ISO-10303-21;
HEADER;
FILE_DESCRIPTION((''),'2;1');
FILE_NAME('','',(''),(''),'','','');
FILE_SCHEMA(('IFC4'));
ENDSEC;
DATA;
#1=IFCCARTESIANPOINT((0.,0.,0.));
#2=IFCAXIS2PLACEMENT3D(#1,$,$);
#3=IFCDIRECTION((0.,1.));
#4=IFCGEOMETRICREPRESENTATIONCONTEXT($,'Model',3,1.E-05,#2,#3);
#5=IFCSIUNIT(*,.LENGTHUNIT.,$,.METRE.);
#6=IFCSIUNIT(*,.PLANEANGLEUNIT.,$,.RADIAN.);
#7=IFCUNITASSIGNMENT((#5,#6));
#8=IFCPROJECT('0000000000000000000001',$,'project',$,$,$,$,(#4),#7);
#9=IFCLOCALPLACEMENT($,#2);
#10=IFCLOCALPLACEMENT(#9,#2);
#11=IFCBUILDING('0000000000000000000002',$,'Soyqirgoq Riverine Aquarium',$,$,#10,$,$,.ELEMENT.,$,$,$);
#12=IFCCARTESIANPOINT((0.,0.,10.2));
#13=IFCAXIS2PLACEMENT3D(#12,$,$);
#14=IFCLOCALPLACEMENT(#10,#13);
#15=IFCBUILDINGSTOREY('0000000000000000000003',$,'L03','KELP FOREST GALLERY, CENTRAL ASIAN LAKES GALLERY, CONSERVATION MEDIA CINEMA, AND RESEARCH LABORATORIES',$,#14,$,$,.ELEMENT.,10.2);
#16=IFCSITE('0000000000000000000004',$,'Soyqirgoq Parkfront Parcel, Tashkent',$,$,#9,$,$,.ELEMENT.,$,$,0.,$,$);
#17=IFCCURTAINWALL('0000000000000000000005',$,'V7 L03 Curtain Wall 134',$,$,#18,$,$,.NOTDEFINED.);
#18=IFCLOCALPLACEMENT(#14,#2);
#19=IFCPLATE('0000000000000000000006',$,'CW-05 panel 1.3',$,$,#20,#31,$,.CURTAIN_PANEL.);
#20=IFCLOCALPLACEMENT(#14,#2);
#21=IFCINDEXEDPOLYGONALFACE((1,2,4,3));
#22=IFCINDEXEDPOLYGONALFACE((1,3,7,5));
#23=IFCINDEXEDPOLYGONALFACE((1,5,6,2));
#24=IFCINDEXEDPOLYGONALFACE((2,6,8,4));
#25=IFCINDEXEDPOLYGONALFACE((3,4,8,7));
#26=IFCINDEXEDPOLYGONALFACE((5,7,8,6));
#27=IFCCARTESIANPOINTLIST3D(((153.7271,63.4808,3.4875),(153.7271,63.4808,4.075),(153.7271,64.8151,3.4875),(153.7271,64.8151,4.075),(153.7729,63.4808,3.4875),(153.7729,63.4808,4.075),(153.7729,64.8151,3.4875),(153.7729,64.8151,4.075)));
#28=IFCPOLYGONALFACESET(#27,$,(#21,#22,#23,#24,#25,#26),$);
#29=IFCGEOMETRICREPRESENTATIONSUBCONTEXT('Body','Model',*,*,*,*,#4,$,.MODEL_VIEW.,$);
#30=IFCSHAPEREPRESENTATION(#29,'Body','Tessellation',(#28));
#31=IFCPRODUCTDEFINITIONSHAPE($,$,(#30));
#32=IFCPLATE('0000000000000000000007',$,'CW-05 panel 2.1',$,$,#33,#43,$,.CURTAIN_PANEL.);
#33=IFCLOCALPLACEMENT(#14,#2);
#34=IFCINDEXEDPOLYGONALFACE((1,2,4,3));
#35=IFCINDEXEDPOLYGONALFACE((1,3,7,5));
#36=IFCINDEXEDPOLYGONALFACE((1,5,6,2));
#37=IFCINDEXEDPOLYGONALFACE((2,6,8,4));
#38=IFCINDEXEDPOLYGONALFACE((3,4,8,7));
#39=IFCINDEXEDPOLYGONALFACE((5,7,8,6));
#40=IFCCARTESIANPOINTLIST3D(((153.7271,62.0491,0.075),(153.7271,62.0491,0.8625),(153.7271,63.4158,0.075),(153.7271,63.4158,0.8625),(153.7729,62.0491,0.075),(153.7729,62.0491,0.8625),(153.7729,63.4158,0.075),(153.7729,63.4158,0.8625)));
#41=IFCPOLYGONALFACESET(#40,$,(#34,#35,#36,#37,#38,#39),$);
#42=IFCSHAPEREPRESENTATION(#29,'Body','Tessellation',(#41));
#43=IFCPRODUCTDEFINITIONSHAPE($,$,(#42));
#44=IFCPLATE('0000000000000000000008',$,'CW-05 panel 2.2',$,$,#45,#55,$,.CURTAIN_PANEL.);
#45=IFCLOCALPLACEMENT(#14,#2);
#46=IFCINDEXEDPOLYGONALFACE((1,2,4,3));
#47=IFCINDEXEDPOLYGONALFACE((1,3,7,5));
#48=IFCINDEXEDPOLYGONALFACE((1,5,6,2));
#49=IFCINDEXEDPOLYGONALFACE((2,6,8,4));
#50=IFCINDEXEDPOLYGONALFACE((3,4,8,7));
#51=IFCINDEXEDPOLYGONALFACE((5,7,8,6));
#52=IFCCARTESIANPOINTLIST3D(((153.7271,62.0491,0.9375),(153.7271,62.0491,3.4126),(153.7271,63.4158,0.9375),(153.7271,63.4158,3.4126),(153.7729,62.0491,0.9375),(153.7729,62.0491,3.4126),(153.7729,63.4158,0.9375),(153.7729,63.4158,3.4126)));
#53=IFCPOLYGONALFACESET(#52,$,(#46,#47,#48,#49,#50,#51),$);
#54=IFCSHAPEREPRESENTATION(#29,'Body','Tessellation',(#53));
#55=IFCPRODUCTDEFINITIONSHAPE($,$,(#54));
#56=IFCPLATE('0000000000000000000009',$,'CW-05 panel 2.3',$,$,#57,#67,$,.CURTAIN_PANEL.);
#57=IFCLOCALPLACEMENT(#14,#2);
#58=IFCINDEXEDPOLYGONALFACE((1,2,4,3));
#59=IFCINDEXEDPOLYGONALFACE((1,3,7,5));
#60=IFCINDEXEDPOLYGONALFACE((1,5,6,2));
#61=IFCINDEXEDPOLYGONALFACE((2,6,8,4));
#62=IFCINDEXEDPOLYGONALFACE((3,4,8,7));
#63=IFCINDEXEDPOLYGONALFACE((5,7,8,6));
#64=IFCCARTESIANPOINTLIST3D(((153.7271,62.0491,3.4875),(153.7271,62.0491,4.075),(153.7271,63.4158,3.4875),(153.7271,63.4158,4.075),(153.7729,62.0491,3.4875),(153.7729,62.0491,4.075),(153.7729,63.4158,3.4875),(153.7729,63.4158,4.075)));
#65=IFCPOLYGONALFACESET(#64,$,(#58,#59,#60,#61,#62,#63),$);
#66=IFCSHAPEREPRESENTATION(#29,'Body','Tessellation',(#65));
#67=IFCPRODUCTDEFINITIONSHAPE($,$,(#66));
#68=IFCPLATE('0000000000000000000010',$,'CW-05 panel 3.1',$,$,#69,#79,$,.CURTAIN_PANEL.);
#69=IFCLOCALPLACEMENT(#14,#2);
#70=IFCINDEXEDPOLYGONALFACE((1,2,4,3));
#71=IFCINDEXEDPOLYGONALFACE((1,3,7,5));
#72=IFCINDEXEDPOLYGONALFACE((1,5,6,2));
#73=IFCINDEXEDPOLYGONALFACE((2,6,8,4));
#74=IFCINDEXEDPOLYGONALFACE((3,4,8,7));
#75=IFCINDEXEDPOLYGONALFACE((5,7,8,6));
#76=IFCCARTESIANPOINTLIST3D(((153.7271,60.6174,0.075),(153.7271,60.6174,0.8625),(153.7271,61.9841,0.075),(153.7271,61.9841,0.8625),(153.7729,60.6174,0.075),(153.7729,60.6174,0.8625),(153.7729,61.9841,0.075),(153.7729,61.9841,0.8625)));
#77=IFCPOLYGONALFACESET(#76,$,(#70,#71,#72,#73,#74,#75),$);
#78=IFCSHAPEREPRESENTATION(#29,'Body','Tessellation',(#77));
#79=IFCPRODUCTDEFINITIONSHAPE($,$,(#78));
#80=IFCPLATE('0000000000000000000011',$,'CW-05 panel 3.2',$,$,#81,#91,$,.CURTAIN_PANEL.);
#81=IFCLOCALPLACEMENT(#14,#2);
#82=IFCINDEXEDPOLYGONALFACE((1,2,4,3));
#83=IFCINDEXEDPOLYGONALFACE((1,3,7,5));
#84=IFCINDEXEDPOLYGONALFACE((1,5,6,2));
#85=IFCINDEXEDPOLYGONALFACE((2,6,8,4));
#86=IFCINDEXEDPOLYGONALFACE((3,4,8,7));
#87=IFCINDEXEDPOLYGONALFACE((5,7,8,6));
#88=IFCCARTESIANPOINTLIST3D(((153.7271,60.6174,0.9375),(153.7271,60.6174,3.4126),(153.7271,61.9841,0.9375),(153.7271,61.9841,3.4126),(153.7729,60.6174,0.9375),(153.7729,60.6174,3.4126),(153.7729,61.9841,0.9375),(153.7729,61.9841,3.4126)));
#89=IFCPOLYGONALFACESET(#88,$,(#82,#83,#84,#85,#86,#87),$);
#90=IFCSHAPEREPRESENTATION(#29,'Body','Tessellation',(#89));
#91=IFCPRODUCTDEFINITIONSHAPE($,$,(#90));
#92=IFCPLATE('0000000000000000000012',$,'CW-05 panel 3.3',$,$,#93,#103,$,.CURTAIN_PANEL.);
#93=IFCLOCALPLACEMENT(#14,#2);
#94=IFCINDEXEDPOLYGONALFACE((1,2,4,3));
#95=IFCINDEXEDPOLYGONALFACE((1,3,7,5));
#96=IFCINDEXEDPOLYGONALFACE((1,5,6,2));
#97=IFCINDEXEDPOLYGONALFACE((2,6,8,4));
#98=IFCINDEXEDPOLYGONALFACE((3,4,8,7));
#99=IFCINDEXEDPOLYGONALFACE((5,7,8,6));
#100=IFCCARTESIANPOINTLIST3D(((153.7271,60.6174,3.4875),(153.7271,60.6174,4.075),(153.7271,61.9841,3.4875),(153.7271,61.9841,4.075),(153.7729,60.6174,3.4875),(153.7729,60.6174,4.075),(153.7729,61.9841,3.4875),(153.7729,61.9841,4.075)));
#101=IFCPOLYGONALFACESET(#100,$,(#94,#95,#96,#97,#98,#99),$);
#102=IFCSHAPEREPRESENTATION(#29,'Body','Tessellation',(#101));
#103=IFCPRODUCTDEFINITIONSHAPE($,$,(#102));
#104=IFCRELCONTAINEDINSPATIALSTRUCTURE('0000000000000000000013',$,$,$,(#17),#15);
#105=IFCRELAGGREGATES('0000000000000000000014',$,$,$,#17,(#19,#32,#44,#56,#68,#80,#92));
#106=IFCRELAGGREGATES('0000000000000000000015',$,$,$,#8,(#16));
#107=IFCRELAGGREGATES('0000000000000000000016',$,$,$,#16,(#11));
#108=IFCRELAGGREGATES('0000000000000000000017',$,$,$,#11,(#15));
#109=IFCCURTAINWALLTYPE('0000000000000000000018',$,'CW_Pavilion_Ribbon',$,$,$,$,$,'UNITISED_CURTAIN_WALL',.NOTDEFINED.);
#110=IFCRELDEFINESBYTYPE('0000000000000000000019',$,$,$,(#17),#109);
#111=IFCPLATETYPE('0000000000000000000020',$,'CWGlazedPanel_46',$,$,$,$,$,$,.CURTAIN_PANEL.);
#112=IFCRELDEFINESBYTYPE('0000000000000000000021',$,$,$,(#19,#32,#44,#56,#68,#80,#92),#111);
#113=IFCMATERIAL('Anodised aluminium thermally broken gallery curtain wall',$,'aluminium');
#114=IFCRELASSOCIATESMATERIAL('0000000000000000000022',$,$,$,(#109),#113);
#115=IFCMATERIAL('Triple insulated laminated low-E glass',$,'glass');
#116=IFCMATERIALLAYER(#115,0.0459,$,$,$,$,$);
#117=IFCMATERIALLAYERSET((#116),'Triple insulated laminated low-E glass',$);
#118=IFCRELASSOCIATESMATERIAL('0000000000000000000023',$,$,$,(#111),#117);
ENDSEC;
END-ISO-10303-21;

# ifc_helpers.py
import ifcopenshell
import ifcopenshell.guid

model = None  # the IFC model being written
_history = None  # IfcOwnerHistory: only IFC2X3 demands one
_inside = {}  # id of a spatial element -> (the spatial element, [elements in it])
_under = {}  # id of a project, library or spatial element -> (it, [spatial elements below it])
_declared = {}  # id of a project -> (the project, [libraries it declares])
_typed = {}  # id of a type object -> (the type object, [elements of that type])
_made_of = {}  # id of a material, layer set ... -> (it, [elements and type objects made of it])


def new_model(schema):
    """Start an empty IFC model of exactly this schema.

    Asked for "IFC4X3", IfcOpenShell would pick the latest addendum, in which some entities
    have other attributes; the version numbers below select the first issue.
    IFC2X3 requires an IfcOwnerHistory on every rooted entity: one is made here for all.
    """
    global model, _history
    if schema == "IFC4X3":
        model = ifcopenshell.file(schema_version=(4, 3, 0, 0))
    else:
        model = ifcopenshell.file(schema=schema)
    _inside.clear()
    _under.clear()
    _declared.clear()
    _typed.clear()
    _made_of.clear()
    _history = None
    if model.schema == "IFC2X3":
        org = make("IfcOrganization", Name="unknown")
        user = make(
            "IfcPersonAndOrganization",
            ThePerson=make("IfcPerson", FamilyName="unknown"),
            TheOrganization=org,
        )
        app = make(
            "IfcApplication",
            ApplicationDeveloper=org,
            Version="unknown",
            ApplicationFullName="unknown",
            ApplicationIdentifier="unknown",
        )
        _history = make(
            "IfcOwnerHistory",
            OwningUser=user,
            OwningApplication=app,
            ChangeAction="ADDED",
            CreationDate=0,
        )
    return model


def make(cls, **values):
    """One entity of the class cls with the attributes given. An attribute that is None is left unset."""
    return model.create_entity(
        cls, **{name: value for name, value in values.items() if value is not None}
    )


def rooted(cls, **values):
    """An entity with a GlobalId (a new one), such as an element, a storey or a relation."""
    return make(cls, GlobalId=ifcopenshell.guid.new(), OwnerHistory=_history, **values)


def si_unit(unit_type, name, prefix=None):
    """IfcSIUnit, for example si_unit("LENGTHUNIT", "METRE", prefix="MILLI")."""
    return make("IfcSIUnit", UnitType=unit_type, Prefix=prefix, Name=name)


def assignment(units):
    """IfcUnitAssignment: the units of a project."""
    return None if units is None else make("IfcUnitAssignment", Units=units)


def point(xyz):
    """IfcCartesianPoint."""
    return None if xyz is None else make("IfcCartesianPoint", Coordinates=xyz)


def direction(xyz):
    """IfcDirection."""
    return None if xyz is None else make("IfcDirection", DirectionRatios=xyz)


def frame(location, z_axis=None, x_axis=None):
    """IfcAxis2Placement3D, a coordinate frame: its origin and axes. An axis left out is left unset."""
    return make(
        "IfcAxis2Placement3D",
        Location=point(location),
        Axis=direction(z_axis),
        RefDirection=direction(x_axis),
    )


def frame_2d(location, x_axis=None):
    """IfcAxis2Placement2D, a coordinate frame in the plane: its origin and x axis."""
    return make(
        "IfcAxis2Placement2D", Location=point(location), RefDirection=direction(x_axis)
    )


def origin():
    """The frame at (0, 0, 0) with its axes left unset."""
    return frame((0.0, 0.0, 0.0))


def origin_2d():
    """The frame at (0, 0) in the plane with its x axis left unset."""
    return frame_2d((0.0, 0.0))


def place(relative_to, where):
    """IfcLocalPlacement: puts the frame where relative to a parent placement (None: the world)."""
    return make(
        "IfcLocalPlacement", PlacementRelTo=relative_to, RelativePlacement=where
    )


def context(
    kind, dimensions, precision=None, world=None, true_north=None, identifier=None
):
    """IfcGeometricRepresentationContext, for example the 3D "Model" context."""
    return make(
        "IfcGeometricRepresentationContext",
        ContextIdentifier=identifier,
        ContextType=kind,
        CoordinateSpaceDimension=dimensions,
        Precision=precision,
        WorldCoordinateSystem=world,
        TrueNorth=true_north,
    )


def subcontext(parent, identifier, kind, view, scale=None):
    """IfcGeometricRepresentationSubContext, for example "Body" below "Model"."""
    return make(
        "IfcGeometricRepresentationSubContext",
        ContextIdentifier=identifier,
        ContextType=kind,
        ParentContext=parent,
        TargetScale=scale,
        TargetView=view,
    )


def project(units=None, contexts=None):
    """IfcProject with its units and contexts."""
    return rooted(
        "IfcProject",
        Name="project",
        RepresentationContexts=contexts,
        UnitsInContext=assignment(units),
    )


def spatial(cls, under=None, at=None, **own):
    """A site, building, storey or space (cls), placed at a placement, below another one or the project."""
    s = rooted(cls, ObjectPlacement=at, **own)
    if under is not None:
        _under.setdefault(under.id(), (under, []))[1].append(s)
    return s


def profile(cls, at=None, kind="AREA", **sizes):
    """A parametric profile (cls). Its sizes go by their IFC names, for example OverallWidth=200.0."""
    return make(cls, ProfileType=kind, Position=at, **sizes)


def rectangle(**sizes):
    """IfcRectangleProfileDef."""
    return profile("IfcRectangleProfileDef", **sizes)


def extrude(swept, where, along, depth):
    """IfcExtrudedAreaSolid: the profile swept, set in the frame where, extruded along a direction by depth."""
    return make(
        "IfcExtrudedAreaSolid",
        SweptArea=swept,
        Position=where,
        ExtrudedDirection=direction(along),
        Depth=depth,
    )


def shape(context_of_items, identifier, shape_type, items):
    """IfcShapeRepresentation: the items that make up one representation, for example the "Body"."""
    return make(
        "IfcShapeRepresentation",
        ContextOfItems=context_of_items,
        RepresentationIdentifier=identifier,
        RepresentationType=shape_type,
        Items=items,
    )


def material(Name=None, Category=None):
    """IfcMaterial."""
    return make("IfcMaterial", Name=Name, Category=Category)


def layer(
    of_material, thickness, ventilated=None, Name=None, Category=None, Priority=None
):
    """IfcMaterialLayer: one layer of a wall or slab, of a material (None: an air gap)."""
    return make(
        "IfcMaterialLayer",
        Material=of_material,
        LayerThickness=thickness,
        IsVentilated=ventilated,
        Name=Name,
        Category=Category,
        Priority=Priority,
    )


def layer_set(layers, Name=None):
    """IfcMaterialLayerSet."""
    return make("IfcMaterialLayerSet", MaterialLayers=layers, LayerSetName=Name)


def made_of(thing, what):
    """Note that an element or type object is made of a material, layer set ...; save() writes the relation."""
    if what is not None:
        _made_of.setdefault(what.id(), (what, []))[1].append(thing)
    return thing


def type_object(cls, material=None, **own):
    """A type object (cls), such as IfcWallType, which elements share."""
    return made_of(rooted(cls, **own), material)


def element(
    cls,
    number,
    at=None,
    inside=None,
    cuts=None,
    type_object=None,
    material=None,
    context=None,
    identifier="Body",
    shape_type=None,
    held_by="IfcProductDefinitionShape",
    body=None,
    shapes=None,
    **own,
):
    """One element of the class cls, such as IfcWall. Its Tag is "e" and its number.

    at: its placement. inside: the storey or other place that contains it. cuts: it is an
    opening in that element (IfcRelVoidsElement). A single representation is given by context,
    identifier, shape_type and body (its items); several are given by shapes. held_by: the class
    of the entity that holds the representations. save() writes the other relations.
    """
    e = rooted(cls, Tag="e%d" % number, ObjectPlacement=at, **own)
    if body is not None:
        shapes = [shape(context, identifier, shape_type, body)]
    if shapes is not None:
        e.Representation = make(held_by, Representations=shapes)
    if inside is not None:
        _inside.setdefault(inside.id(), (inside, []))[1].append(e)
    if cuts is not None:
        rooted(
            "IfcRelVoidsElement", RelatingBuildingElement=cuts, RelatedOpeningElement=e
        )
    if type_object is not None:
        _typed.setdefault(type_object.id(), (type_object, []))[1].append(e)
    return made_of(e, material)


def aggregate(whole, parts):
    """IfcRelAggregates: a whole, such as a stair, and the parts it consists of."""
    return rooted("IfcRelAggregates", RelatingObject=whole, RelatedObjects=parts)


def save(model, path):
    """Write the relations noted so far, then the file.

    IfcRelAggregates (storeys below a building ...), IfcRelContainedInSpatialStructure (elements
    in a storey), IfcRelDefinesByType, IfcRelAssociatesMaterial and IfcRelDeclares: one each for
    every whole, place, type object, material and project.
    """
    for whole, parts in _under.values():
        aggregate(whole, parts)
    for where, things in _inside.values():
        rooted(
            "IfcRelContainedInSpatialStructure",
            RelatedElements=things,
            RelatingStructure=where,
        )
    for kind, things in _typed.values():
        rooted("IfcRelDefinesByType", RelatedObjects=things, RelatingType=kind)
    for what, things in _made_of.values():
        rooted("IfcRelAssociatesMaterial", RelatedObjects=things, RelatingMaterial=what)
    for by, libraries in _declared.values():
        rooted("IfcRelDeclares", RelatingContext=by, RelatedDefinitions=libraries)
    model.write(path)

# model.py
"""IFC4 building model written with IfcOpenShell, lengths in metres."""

from ifc_helpers import new_model, si_unit, direction, frame, origin, origin_2d, place, context, subcontext, project, spatial, rectangle, extrude, material, layer, layer_set, type_object, element, aggregate, save


model = new_model("IFC4")

# Units and contexts
model_context = context("Model", 3, precision=1e-05, world=origin(), true_north=direction((0.0, 1.0)))
body_context = subcontext(model_context, "Body", "Model", "MODEL_VIEW")
ifc_project = project(units=[si_unit("LENGTHUNIT", "METRE"), si_unit("PLANEANGLEUNIT", "RADIAN")], contexts=[model_context])

# Site, building, storey
site_placement = place(None, origin())
site = spatial("IfcSite", under=ifc_project, at=site_placement, Name="Soyqirgoq Parkfront Parcel, Tashkent", CompositionType="ELEMENT", RefElevation=0.0)
building_placement = place(site_placement, origin())
building = spatial("IfcBuilding", under=site, at=building_placement, Name="Soyqirgoq Riverine Aquarium", CompositionType="ELEMENT")
storey_placement = place(building_placement, frame((0.0, 0.0, 10.2)))
storey = spatial("IfcBuildingStorey", under=building, at=storey_placement, Name="L03", Description="KELP FOREST GALLERY, CENTRAL ASIAN LAKES GALLERY, CONSERVATION MEDIA CINEMA, AND RESEARCH LABORATORIES", CompositionType="ELEMENT", Elevation=10.2)

# Curtain wall
ifc_material_1 = material(Name="Anodised aluminium thermally broken gallery curtain wall", Category="aluminium")
curtain_wall_type = type_object("IfcCurtainWallType", Name="CW_Pavilion_Ribbon", ElementType="UNITISED_CURTAIN_WALL", PredefinedType="NOTDEFINED", material=ifc_material_1)
curtain_wall_1_placement = place(storey_placement, origin())
curtain_wall_1 = element("IfcCurtainWall", 1, at=curtain_wall_1_placement, inside=storey, type_object=curtain_wall_type, Name="V7 L03 Curtain Wall 134", PredefinedType="NOTDEFINED")

# Plates
ifc_material_2 = material(Name="Triple insulated laminated low-E glass", Category="glass")
ifc_layer = layer(ifc_material_2, 0.0459)
ifc_layer_set = layer_set([ifc_layer], Name="Triple insulated laminated low-E glass")
plate_type = type_object("IfcPlateType", Name="CWGlazedPanel_46", PredefinedType="CURTAIN_PANEL", material=ifc_layer_set)
plate_1_placement = place(storey_placement, frame((153.75, 64.1479, 3.4875), z_axis=(0.0, 0.0, 1.0), x_axis=(0.0, -1.0, 0.0)))
plate_1 = element("IfcPlate", 2, at=plate_1_placement, type_object=plate_type, Name="CW-05 panel 1.3", PredefinedType="CURTAIN_PANEL", context=body_context, shape_type="SweptSolid", body=[
    extrude(rectangle(XDim=1.3342, YDim=0.0459, at=origin_2d()), origin(), (0.0, 0.0, 1.0), 0.5874),
])
plate_2_placement = place(storey_placement, frame((153.75, 62.7324, 0.075), z_axis=(0.0, 0.0, 1.0), x_axis=(0.0, -1.0, 0.0)))
plate_2 = element("IfcPlate", 3, at=plate_2_placement, type_object=plate_type, Name="CW-05 panel 2.1", PredefinedType="CURTAIN_PANEL", context=body_context, shape_type="SweptSolid", body=[
    extrude(rectangle(XDim=1.3667, YDim=0.0459, at=origin_2d()), origin(), (0.0, 0.0, 1.0), 0.7876),
])
plate_3_placement = place(storey_placement, frame((153.75, 62.7324, 0.9375), z_axis=(0.0, 0.0, 1.0), x_axis=(0.0, -1.0, 0.0)))
plate_3 = element("IfcPlate", 4, at=plate_3_placement, type_object=plate_type, Name="CW-05 panel 2.2", PredefinedType="CURTAIN_PANEL", context=body_context, shape_type="SweptSolid", body=[
    extrude(rectangle(XDim=1.3667, YDim=0.0459, at=origin_2d()), origin(), (0.0, 0.0, 1.0), 2.4751),
])
plate_4_placement = place(storey_placement, frame((153.75, 62.7324, 3.4875), z_axis=(0.0, 0.0, 1.0), x_axis=(0.0, -1.0, 0.0)))
plate_4 = element("IfcPlate", 5, at=plate_4_placement, type_object=plate_type, Name="CW-05 panel 2.3", PredefinedType="CURTAIN_PANEL", context=body_context, shape_type="SweptSolid", body=[
    extrude(rectangle(XDim=1.3667, YDim=0.0459, at=origin_2d()), origin(), (0.0, 0.0, 1.0), 0.5874),
])
plate_5_placement = place(storey_placement, frame((153.75, 61.3008, 0.075), z_axis=(0.0, 0.0, 1.0), x_axis=(0.0, -1.0, 0.0)))
plate_5 = element("IfcPlate", 6, at=plate_5_placement, type_object=plate_type, Name="CW-05 panel 3.1", PredefinedType="CURTAIN_PANEL", context=body_context, shape_type="SweptSolid", body=[
    extrude(rectangle(XDim=1.3667, YDim=0.0459, at=origin_2d()), origin(), (0.0, 0.0, 1.0), 0.7876),
])
plate_6_placement = place(storey_placement, frame((153.75, 61.3008, 0.9375), z_axis=(0.0, 0.0, 1.0), x_axis=(0.0, -1.0, 0.0)))
plate_6 = element("IfcPlate", 7, at=plate_6_placement, type_object=plate_type, Name="CW-05 panel 3.2", PredefinedType="CURTAIN_PANEL", context=body_context, shape_type="SweptSolid", body=[
    extrude(rectangle(XDim=1.3667, YDim=0.0459, at=origin_2d()), origin(), (0.0, 0.0, 1.0), 2.4751),
])
plate_7_placement = place(storey_placement, frame((153.75, 61.3008, 3.4875), z_axis=(0.0, 0.0, 1.0), x_axis=(0.0, -1.0, 0.0)))
plate_7 = element("IfcPlate", 8, at=plate_7_placement, type_object=plate_type, Name="CW-05 panel 3.3", PredefinedType="CURTAIN_PANEL", context=body_context, shape_type="SweptSolid", body=[
    extrude(rectangle(XDim=1.3667, YDim=0.0459, at=origin_2d()), origin(), (0.0, 0.0, 1.0), 0.5874),
])
aggregate(curtain_wall_1, [plate_1, plate_2, plate_3, plate_4, plate_5, plate_6, plate_7])

save(model, "model.ifc")
